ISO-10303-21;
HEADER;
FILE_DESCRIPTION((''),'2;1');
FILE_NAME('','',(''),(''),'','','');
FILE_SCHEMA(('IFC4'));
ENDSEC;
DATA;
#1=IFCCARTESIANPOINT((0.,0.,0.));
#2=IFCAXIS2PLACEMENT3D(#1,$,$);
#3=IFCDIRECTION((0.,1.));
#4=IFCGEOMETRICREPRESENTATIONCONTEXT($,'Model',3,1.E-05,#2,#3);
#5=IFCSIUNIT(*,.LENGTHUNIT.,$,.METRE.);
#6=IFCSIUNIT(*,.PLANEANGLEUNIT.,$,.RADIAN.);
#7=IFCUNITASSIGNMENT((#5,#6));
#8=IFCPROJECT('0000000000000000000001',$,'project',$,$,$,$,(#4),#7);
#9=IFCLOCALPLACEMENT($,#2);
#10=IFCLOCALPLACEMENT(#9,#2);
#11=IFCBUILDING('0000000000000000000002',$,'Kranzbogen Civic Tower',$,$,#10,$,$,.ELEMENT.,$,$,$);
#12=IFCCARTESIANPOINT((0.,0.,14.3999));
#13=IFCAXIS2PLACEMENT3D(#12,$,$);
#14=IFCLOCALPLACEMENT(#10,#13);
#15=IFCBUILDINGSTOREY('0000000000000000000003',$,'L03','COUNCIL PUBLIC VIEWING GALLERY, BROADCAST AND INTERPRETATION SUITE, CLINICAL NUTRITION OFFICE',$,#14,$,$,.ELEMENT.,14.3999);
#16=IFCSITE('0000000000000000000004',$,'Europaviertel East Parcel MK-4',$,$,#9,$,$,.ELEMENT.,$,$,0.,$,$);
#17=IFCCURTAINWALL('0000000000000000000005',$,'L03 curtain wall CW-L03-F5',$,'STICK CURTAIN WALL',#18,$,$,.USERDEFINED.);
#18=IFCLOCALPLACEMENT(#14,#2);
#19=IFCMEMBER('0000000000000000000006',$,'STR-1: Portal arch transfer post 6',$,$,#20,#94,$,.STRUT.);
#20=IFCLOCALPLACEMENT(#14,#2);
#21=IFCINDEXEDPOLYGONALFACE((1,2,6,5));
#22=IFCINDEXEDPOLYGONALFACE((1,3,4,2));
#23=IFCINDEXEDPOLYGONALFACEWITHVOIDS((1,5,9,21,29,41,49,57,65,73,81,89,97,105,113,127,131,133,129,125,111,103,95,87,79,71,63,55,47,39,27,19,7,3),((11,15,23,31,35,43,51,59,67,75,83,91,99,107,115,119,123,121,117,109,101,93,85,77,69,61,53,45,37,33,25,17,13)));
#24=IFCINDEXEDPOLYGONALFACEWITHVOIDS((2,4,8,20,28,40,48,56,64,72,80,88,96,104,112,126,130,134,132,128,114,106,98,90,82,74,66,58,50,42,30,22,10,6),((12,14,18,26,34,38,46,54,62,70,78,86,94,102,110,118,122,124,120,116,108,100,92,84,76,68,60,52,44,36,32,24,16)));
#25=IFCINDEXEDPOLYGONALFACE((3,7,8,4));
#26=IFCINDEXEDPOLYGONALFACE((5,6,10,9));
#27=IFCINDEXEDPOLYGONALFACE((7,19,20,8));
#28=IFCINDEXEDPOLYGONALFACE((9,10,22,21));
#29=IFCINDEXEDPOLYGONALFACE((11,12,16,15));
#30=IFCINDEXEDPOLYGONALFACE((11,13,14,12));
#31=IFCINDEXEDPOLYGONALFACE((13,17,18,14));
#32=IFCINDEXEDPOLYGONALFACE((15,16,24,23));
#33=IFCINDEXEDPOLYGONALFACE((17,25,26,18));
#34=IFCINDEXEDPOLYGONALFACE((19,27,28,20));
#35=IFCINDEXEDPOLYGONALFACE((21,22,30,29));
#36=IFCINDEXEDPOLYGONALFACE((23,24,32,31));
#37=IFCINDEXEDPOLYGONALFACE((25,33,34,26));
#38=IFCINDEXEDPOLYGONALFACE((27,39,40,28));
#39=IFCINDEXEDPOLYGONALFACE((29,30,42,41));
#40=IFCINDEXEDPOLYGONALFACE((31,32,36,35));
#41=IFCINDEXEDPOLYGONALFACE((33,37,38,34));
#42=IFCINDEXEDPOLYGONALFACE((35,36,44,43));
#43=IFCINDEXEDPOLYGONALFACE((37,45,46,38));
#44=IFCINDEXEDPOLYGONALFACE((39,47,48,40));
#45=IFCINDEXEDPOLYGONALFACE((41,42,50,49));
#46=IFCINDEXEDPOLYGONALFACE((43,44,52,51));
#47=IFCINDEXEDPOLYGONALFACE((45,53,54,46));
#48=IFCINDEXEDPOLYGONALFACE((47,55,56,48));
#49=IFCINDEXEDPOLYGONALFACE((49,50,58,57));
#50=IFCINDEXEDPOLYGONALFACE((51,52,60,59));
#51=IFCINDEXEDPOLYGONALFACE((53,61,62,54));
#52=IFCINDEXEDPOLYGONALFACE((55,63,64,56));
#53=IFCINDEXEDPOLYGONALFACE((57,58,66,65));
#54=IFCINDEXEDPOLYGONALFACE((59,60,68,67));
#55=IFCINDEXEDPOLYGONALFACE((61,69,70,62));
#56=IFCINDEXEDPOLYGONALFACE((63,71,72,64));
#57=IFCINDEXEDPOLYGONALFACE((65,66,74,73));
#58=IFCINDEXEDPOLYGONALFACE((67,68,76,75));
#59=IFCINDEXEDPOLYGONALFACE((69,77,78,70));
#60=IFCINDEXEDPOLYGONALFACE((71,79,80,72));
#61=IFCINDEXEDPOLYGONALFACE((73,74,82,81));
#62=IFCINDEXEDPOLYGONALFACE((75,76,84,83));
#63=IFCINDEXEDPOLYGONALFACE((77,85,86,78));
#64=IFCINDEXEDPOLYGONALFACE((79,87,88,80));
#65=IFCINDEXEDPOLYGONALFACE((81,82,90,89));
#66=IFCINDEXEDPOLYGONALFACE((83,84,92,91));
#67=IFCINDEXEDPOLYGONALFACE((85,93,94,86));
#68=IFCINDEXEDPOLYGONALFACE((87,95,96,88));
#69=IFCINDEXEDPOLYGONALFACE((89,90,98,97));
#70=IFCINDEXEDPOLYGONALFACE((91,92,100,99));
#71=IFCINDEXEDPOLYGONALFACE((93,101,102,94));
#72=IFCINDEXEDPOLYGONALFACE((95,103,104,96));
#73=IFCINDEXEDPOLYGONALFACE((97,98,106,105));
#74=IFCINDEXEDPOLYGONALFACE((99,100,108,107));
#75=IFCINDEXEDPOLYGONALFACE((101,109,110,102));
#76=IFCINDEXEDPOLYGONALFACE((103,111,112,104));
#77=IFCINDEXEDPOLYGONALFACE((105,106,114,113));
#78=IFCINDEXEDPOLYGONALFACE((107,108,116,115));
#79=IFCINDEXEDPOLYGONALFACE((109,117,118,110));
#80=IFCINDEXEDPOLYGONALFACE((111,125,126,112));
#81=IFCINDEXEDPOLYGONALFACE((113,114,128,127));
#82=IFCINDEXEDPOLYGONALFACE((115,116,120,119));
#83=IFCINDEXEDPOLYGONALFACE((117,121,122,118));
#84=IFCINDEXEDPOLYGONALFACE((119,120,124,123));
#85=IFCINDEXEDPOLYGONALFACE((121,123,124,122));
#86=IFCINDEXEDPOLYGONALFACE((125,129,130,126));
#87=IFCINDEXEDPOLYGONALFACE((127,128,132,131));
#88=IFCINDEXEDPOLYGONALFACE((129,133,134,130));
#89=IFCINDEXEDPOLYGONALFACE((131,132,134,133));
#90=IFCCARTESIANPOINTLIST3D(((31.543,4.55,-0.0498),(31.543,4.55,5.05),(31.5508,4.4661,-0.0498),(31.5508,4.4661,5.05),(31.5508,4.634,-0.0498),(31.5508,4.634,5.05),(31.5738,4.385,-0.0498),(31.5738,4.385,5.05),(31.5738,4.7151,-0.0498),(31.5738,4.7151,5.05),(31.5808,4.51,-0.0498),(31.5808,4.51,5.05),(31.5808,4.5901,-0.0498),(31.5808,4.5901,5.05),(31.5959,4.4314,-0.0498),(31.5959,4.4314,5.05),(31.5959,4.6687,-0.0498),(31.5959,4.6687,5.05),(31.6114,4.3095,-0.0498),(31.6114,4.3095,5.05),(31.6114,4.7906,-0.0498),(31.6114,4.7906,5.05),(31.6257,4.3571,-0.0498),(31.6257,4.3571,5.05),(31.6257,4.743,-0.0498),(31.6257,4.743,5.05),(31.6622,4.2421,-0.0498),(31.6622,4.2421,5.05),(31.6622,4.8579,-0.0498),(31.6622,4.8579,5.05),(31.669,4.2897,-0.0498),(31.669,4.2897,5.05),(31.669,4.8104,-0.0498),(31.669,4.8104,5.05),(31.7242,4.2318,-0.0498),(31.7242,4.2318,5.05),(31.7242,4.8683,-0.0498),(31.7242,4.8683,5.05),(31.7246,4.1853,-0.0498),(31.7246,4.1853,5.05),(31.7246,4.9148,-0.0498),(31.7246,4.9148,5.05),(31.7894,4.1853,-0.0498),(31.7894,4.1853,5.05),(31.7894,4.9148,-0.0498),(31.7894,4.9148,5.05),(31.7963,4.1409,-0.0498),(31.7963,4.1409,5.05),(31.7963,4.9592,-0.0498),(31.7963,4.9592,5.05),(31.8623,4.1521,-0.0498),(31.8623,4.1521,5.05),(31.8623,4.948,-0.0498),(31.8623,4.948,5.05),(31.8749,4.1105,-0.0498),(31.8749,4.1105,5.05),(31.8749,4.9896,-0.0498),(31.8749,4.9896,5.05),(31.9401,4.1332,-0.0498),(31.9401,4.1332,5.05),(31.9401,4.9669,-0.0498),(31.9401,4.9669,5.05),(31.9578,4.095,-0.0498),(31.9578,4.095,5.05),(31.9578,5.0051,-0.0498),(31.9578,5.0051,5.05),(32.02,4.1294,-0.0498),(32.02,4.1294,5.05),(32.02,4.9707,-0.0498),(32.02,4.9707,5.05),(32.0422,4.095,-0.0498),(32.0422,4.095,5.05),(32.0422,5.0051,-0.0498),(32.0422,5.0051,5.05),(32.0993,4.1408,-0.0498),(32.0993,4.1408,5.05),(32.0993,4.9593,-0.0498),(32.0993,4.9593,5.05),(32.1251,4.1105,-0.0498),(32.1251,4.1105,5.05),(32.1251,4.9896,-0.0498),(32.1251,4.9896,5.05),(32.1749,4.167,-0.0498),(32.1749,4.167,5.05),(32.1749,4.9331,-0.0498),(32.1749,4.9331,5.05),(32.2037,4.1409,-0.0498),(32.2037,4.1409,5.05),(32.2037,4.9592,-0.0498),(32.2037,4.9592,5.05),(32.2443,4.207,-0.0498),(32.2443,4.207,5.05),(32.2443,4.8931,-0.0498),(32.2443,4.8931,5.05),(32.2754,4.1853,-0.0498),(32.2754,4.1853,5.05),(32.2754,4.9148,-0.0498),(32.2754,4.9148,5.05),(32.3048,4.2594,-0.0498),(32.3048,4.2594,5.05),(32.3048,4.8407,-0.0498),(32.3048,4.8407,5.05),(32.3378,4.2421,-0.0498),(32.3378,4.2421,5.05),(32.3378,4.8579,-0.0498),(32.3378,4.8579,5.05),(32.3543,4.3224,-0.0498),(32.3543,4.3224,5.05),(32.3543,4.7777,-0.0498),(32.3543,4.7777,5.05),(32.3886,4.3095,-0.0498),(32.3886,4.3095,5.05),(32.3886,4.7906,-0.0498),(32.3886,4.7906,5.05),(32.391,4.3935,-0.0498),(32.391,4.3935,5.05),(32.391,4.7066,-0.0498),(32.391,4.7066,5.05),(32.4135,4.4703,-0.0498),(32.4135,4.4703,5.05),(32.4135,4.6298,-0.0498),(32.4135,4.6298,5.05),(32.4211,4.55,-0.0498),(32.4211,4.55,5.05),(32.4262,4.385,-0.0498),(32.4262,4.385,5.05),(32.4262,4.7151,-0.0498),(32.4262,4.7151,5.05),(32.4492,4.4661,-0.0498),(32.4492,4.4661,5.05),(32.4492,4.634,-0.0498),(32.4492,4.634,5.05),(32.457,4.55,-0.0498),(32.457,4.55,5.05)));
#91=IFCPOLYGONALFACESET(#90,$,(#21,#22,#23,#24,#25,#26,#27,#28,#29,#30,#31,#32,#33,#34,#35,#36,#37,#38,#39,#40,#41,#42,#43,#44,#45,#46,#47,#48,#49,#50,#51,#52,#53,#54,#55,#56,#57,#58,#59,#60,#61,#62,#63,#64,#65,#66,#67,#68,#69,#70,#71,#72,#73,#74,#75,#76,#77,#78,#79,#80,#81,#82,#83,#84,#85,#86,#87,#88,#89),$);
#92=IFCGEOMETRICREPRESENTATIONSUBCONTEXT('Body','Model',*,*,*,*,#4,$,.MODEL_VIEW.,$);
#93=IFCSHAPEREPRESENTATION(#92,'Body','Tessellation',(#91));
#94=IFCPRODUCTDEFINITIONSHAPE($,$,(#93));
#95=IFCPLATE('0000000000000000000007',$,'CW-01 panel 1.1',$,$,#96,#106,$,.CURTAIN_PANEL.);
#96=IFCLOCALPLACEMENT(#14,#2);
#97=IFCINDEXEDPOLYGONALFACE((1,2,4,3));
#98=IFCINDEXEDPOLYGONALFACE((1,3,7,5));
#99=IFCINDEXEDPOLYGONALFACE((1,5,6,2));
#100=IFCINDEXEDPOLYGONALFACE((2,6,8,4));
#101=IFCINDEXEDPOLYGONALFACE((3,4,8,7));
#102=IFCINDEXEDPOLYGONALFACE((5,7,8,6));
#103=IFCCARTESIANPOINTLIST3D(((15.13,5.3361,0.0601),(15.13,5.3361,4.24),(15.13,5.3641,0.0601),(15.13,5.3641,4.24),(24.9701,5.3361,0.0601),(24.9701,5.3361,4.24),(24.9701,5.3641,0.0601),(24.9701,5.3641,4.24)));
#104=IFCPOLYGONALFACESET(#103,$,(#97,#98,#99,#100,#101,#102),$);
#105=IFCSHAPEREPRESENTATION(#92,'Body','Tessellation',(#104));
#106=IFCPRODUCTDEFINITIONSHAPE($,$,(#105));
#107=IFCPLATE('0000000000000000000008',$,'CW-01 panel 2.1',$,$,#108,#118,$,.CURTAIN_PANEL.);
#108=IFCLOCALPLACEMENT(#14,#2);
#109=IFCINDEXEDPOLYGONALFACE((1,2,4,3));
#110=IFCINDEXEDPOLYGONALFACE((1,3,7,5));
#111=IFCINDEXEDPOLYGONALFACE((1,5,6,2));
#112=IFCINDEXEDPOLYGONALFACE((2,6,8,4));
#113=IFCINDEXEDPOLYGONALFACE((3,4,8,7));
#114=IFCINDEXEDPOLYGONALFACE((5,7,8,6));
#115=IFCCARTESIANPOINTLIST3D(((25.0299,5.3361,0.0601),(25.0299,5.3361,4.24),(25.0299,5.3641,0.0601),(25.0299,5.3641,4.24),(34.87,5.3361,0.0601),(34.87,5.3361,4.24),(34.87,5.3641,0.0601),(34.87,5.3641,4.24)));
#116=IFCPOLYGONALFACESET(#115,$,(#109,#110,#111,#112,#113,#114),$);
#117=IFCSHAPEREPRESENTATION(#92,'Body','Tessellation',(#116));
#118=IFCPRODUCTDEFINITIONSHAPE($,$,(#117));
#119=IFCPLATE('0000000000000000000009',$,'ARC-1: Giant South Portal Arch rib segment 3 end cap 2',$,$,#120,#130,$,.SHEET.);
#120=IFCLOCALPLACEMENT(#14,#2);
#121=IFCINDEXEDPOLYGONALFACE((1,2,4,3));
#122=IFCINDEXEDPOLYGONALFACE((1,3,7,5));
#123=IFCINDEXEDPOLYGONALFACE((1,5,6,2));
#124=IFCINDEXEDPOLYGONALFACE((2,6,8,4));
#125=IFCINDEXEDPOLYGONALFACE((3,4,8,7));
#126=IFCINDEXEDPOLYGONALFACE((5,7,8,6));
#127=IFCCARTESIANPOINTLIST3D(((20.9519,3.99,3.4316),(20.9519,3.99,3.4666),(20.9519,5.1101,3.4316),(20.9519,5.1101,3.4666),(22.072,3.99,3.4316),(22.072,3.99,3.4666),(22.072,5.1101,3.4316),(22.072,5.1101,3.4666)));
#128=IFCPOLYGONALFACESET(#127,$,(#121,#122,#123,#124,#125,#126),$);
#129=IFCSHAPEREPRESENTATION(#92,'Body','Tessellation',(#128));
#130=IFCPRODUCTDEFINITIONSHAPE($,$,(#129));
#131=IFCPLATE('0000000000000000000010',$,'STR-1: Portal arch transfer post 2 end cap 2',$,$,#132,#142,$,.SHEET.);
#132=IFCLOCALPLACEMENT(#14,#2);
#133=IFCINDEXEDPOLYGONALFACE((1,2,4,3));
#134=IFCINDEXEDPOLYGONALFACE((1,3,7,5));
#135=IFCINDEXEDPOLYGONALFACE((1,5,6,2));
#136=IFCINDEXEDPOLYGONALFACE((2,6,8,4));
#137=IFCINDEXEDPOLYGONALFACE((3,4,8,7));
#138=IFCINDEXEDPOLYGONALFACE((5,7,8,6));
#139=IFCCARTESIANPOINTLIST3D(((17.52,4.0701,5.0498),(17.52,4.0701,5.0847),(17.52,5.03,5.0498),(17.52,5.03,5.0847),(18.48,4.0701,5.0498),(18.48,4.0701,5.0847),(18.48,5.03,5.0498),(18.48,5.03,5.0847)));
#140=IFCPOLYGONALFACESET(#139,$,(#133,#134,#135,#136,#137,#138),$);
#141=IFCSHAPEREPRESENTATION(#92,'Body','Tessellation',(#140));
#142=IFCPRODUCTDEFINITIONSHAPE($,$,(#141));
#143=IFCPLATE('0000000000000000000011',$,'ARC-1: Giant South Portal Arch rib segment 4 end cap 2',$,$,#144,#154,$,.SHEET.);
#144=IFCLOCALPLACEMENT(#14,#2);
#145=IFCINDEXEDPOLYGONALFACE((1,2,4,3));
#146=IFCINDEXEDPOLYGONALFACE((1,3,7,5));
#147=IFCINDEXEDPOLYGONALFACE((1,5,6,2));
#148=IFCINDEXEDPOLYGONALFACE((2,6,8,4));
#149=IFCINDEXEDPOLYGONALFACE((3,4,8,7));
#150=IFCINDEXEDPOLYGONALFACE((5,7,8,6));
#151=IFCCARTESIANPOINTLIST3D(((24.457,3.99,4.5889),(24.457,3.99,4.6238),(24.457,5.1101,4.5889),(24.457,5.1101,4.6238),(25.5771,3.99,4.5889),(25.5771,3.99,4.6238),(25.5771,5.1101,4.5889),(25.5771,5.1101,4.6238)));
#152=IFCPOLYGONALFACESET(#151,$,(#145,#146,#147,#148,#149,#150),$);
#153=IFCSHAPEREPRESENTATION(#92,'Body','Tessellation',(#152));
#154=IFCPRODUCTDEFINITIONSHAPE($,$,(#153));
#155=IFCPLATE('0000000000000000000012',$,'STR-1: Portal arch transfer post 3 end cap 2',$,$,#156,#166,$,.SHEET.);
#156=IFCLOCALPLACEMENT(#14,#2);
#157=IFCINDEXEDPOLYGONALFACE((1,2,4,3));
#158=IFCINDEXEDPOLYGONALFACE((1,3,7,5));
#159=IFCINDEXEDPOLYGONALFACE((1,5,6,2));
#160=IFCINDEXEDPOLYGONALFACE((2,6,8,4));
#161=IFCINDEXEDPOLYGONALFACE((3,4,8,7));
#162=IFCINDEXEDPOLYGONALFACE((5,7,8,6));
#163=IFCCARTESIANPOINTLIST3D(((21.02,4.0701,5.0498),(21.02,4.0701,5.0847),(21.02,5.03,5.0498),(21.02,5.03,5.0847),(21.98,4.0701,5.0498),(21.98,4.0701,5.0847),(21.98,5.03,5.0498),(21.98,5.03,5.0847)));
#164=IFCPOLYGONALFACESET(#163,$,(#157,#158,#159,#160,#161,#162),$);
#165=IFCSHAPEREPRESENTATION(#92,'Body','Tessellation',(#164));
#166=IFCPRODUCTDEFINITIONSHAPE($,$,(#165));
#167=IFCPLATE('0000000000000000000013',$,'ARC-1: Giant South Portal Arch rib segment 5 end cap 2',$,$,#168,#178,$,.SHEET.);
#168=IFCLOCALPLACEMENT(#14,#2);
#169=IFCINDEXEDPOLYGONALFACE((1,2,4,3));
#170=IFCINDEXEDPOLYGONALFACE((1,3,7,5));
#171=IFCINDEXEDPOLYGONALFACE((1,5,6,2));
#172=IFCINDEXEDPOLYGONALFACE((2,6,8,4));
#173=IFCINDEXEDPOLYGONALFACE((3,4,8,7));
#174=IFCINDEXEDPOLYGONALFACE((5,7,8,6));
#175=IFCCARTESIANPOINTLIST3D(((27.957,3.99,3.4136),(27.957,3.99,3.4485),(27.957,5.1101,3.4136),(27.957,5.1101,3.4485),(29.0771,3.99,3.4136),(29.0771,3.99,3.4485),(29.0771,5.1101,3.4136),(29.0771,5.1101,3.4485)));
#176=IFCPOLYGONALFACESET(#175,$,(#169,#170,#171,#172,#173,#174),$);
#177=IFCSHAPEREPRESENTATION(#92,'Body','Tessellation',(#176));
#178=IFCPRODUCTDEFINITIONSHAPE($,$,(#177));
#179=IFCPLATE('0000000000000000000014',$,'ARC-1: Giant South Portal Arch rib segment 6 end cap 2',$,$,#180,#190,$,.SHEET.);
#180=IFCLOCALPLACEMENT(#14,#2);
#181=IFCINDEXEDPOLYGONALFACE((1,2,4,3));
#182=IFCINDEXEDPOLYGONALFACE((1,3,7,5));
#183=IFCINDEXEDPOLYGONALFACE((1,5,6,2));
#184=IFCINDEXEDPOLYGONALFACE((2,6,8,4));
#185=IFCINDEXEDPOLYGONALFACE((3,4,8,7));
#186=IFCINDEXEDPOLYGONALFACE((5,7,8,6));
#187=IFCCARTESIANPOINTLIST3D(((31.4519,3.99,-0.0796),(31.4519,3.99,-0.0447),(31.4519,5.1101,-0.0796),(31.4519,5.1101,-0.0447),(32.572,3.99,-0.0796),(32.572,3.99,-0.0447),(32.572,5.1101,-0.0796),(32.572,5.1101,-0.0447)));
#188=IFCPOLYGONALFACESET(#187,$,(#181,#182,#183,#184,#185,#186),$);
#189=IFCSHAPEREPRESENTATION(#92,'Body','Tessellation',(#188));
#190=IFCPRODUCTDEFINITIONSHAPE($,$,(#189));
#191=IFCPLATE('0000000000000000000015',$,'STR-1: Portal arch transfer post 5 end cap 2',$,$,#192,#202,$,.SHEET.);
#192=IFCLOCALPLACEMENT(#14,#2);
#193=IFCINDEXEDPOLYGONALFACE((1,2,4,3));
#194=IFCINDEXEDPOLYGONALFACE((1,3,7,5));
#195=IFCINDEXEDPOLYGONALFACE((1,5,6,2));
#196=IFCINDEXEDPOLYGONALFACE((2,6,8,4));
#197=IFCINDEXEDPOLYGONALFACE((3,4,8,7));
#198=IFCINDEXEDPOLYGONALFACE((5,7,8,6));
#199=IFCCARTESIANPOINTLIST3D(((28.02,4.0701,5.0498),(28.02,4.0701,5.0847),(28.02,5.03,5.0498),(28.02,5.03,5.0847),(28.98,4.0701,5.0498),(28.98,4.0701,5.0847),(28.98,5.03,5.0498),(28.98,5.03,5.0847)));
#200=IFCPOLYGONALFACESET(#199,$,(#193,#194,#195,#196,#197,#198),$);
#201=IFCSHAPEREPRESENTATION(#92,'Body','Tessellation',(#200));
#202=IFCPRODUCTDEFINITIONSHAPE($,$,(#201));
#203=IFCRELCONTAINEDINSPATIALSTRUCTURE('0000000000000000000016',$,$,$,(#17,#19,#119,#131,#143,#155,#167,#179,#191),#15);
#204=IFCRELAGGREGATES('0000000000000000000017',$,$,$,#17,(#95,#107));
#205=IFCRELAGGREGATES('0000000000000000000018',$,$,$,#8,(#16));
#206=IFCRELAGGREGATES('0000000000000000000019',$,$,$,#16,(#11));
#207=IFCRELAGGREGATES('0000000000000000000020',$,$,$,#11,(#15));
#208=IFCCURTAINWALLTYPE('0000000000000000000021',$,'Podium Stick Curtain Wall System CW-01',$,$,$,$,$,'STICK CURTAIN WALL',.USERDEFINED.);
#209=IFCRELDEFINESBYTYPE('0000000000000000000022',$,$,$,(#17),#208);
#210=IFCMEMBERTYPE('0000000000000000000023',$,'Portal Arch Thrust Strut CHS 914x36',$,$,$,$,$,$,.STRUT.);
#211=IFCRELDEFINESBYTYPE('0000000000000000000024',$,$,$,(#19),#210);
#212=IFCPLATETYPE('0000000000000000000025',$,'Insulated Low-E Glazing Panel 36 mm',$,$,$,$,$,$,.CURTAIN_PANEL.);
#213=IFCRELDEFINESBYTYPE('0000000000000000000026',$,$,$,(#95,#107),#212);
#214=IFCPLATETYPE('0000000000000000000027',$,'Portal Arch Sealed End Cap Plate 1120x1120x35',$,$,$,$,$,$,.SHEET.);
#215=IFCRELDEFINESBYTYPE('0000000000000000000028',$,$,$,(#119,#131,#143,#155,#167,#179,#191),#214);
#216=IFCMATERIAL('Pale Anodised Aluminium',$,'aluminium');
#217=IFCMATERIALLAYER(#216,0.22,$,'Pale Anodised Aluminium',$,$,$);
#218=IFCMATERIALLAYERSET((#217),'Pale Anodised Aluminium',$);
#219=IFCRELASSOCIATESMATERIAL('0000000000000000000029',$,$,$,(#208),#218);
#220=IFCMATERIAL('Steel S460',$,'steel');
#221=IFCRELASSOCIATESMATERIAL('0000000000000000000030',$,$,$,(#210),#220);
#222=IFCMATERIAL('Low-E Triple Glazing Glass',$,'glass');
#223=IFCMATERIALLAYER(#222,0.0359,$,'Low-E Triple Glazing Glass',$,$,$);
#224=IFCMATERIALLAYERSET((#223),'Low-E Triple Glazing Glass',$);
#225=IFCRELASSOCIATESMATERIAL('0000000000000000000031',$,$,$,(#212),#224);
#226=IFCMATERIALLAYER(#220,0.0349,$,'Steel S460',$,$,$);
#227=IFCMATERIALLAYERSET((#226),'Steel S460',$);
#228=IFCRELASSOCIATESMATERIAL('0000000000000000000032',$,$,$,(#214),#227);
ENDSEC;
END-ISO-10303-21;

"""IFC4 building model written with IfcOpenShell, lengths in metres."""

from ifc_helpers import new_model, si_unit, direction, frame, origin, origin_2d, place, context, subcontext, project, spatial, rectangle, hollow_circle, extrude, material, layer, layer_set, material_profile, profile_set, type_object, element, aggregate, save


model = new_model("IFC4")

# Units and contexts
model_context = context("Model", 3, precision=1e-05, world=origin(), true_north=direction((0.0, 1.0)))
body_context = subcontext(model_context, "Body", "Model", "MODEL_VIEW")
ifc_project = project(units=[si_unit("LENGTHUNIT", "METRE"), si_unit("PLANEANGLEUNIT", "RADIAN")], contexts=[model_context])

# Site, building, storey
site_placement = place(None, origin())
site = spatial("IfcSite", under=ifc_project, at=site_placement, Name="Europaviertel East Parcel MK-4", CompositionType="ELEMENT", RefElevation=0.0)
building_placement = place(site_placement, origin())
building = spatial("IfcBuilding", under=site, at=building_placement, Name="Kranzbogen Civic Tower", CompositionType="ELEMENT")
storey_placement = place(building_placement, frame((0.0, 0.0, 14.3999)))
storey = spatial("IfcBuildingStorey", under=building, at=storey_placement, Name="L03", Description="COUNCIL PUBLIC VIEWING GALLERY, BROADCAST AND INTERPRETATION SUITE, CLINICAL NUTRITION OFFICE", CompositionType="ELEMENT", Elevation=14.3999)

# Shared definitions
ifc_material_1 = material(Name="Pale Anodised Aluminium", Category="aluminium")

# Curtain wall
ifc_layer_1 = layer(ifc_material_1, 0.22, Name="Pale Anodised Aluminium")
ifc_layer_set_1 = layer_set([ifc_layer_1], Name="Pale Anodised Aluminium")
curtain_wall_type_1 = type_object("IfcCurtainWallType", Name="Podium Stick Curtain Wall System CW-01", ElementType="STICK CURTAIN WALL", PredefinedType="USERDEFINED", material=ifc_layer_set_1)
curtain_wall_1_placement = place(storey_placement, origin())
curtain_wall_1 = element("IfcCurtainWall", 1, at=curtain_wall_1_placement, inside=storey, type_object=curtain_wall_type_1, Name="L03 curtain wall CW-L03-F5", ObjectType="STICK CURTAIN WALL", PredefinedType="USERDEFINED")

# Member
ifc_material_2 = material(Name="Steel S460", Category="steel")
ifc_material_profile_1 = material_profile(ifc_material_2, hollow_circle(Radius=0.457, WallThickness=0.0359, at=origin_2d()), Name="CHS 914x36")
ifc_profile_set_1 = profile_set([ifc_material_profile_1], Name="Steel S460")
member_type_1 = type_object("IfcMemberType", Name="Portal Arch Thrust Strut CHS 914x36", PredefinedType="STRUT", material=ifc_profile_set_1)
member_1_placement = place(storey_placement, frame((32.0, 4.55, -0.0498), z_axis=(0.0, 0.0, 1.0), x_axis=(1.0, 0.0, 0.0)))
element("IfcMember", 2, at=member_1_placement, inside=storey, type_object=member_type_1, Name="STR-1: Portal arch transfer post 6", PredefinedType="STRUT", context=body_context, shape_type="SweptSolid", body=[
    extrude(hollow_circle(Radius=0.457, WallThickness=0.0359, at=origin_2d()), origin(), (0.0, 0.0, 1.0), 5.0999),
])

# Plates
ifc_material_3 = material(Name="Low-E Triple Glazing Glass", Category="glass")
ifc_layer_2 = layer(ifc_material_3, 0.0359, Name="Low-E Triple Glazing Glass")
ifc_layer_set_2 = layer_set([ifc_layer_2], Name="Low-E Triple Glazing Glass")
plate_type_1 = type_object("IfcPlateType", Name="Insulated Low-E Glazing Panel 36 mm", PredefinedType="CURTAIN_PANEL", material=ifc_layer_set_2)
plate_1_placement = place(storey_placement, frame((20.05, 5.3501, 0.0601), z_axis=(0.0, 0.0, 1.0), x_axis=(1.0, 0.0, 0.0)))
plate_1 = element("IfcPlate", 3, at=plate_1_placement, type_object=plate_type_1, Name="CW-01 panel 1.1", PredefinedType="CURTAIN_PANEL", context=body_context, shape_type="SweptSolid", body=[
    extrude(rectangle(XDim=9.8401, YDim=0.0281, at=origin_2d()), origin(), (0.0, 0.0, 1.0), 4.1799),
])
plate_2_placement = place(storey_placement, frame((29.95, 5.3501, 0.0601), z_axis=(0.0, 0.0, 1.0), x_axis=(1.0, 0.0, 0.0)))
plate_2 = element("IfcPlate", 4, at=plate_2_placement, type_object=plate_type_1, Name="CW-01 panel 2.1", PredefinedType="CURTAIN_PANEL", context=body_context, shape_type="SweptSolid", body=[
    extrude(rectangle(XDim=9.8401, YDim=0.0281, at=origin_2d()), origin(), (0.0, 0.0, 1.0), 4.1799),
])
aggregate(curtain_wall_1, [plate_1, plate_2])

# Plates
ifc_layer_3 = layer(ifc_material_2, 0.0349, Name="Steel S460")
ifc_layer_set_3 = layer_set([ifc_layer_3], Name="Steel S460")
plate_type_2 = type_object("IfcPlateType", Name="Portal Arch Sealed End Cap Plate 1120x1120x35", PredefinedType="SHEET", material=ifc_layer_set_3)
plate_3_placement = place(storey_placement, frame((21.512, 4.55, 3.4316), z_axis=(0.0, 0.0, 1.0), x_axis=(1.0, 0.0, 0.0)))
element("IfcPlate", 5, at=plate_3_placement, inside=storey, type_object=plate_type_2, Name="ARC-1: Giant South Portal Arch rib segment 3 end cap 2", PredefinedType="SHEET", context=body_context, shape_type="SweptSolid", body=[
    extrude(rectangle(XDim=1.1201, YDim=1.1201, at=origin_2d()), origin(), (0.0, 0.0, 1.0), 0.0349),
])
plate_4_placement = place(storey_placement, frame((18.0, 4.55, 5.0498), z_axis=(0.0, 0.0, 1.0), x_axis=(1.0, 0.0, 0.0)))
element("IfcPlate", 6, at=plate_4_placement, inside=storey, type_object=plate_type_2, Name="STR-1: Portal arch transfer post 2 end cap 2", PredefinedType="SHEET", context=body_context, shape_type="SweptSolid", body=[
    extrude(rectangle(XDim=0.96, YDim=0.96, at=origin_2d()), origin(), (0.0, 0.0, 1.0), 0.0349),
])
plate_5_placement = place(storey_placement, frame((25.0171, 4.55, 4.5889), z_axis=(0.0, 0.0, 1.0), x_axis=(1.0, 0.0, 0.0)))
element("IfcPlate", 7, at=plate_5_placement, inside=storey, type_object=plate_type_2, Name="ARC-1: Giant South Portal Arch rib segment 4 end cap 2", PredefinedType="SHEET", context=body_context, shape_type="SweptSolid", body=[
    extrude(rectangle(XDim=1.1201, YDim=1.1201, at=origin_2d()), origin(), (0.0, 0.0, 1.0), 0.0349),
])
plate_6_placement = place(storey_placement, frame((21.5, 4.55, 5.0498), z_axis=(0.0, 0.0, 1.0), x_axis=(1.0, 0.0, 0.0)))
element("IfcPlate", 8, at=plate_6_placement, inside=storey, type_object=plate_type_2, Name="STR-1: Portal arch transfer post 3 end cap 2", PredefinedType="SHEET", context=body_context, shape_type="SweptSolid", body=[
    extrude(rectangle(XDim=0.96, YDim=0.96, at=origin_2d()), origin(), (0.0, 0.0, 1.0), 0.0349),
])
for number, where, z_axis, x_axis, name in (
    (9, (28.5171, 4.55, 3.4136), (0.0, 0.0, 1.0), (1.0, 0.0, 0.0), "ARC-1: Giant South Portal Arch rib segment 5 end cap 2"),
    (10, (32.012, 4.55, -0.0796), (0.0, 0.0, 1.0), (1.0, 0.0, 0.0), "ARC-1: Giant South Portal Arch rib segment 6 end cap 2"),
):
    element("IfcPlate", number, at=place(storey_placement, frame(where, z_axis=z_axis, x_axis=x_axis)), inside=storey, type_object=plate_type_2, Name=name, PredefinedType="SHEET", context=body_context, shape_type="SweptSolid", body=[
        extrude(rectangle(XDim=1.1201, YDim=1.1201, at=origin_2d()), origin(), (0.0, 0.0, 1.0), 0.0349),
    ])
for number, where, z_axis, x_axis, name in (
    (11, (28.5, 4.55, 5.0498), (0.0, 0.0, 1.0), (1.0, 0.0, 0.0), "STR-1: Portal arch transfer post 5 end cap 2"),
):
    element("IfcPlate", number, at=place(storey_placement, frame(where, z_axis=z_axis, x_axis=x_axis)), inside=storey, type_object=plate_type_2, Name=name, PredefinedType="SHEET", context=body_context, shape_type="SweptSolid", body=[
        extrude(rectangle(XDim=0.96, YDim=0.96, at=origin_2d()), origin(), (0.0, 0.0, 1.0), 0.0349),
    ])

save(model, "model.ifc")
